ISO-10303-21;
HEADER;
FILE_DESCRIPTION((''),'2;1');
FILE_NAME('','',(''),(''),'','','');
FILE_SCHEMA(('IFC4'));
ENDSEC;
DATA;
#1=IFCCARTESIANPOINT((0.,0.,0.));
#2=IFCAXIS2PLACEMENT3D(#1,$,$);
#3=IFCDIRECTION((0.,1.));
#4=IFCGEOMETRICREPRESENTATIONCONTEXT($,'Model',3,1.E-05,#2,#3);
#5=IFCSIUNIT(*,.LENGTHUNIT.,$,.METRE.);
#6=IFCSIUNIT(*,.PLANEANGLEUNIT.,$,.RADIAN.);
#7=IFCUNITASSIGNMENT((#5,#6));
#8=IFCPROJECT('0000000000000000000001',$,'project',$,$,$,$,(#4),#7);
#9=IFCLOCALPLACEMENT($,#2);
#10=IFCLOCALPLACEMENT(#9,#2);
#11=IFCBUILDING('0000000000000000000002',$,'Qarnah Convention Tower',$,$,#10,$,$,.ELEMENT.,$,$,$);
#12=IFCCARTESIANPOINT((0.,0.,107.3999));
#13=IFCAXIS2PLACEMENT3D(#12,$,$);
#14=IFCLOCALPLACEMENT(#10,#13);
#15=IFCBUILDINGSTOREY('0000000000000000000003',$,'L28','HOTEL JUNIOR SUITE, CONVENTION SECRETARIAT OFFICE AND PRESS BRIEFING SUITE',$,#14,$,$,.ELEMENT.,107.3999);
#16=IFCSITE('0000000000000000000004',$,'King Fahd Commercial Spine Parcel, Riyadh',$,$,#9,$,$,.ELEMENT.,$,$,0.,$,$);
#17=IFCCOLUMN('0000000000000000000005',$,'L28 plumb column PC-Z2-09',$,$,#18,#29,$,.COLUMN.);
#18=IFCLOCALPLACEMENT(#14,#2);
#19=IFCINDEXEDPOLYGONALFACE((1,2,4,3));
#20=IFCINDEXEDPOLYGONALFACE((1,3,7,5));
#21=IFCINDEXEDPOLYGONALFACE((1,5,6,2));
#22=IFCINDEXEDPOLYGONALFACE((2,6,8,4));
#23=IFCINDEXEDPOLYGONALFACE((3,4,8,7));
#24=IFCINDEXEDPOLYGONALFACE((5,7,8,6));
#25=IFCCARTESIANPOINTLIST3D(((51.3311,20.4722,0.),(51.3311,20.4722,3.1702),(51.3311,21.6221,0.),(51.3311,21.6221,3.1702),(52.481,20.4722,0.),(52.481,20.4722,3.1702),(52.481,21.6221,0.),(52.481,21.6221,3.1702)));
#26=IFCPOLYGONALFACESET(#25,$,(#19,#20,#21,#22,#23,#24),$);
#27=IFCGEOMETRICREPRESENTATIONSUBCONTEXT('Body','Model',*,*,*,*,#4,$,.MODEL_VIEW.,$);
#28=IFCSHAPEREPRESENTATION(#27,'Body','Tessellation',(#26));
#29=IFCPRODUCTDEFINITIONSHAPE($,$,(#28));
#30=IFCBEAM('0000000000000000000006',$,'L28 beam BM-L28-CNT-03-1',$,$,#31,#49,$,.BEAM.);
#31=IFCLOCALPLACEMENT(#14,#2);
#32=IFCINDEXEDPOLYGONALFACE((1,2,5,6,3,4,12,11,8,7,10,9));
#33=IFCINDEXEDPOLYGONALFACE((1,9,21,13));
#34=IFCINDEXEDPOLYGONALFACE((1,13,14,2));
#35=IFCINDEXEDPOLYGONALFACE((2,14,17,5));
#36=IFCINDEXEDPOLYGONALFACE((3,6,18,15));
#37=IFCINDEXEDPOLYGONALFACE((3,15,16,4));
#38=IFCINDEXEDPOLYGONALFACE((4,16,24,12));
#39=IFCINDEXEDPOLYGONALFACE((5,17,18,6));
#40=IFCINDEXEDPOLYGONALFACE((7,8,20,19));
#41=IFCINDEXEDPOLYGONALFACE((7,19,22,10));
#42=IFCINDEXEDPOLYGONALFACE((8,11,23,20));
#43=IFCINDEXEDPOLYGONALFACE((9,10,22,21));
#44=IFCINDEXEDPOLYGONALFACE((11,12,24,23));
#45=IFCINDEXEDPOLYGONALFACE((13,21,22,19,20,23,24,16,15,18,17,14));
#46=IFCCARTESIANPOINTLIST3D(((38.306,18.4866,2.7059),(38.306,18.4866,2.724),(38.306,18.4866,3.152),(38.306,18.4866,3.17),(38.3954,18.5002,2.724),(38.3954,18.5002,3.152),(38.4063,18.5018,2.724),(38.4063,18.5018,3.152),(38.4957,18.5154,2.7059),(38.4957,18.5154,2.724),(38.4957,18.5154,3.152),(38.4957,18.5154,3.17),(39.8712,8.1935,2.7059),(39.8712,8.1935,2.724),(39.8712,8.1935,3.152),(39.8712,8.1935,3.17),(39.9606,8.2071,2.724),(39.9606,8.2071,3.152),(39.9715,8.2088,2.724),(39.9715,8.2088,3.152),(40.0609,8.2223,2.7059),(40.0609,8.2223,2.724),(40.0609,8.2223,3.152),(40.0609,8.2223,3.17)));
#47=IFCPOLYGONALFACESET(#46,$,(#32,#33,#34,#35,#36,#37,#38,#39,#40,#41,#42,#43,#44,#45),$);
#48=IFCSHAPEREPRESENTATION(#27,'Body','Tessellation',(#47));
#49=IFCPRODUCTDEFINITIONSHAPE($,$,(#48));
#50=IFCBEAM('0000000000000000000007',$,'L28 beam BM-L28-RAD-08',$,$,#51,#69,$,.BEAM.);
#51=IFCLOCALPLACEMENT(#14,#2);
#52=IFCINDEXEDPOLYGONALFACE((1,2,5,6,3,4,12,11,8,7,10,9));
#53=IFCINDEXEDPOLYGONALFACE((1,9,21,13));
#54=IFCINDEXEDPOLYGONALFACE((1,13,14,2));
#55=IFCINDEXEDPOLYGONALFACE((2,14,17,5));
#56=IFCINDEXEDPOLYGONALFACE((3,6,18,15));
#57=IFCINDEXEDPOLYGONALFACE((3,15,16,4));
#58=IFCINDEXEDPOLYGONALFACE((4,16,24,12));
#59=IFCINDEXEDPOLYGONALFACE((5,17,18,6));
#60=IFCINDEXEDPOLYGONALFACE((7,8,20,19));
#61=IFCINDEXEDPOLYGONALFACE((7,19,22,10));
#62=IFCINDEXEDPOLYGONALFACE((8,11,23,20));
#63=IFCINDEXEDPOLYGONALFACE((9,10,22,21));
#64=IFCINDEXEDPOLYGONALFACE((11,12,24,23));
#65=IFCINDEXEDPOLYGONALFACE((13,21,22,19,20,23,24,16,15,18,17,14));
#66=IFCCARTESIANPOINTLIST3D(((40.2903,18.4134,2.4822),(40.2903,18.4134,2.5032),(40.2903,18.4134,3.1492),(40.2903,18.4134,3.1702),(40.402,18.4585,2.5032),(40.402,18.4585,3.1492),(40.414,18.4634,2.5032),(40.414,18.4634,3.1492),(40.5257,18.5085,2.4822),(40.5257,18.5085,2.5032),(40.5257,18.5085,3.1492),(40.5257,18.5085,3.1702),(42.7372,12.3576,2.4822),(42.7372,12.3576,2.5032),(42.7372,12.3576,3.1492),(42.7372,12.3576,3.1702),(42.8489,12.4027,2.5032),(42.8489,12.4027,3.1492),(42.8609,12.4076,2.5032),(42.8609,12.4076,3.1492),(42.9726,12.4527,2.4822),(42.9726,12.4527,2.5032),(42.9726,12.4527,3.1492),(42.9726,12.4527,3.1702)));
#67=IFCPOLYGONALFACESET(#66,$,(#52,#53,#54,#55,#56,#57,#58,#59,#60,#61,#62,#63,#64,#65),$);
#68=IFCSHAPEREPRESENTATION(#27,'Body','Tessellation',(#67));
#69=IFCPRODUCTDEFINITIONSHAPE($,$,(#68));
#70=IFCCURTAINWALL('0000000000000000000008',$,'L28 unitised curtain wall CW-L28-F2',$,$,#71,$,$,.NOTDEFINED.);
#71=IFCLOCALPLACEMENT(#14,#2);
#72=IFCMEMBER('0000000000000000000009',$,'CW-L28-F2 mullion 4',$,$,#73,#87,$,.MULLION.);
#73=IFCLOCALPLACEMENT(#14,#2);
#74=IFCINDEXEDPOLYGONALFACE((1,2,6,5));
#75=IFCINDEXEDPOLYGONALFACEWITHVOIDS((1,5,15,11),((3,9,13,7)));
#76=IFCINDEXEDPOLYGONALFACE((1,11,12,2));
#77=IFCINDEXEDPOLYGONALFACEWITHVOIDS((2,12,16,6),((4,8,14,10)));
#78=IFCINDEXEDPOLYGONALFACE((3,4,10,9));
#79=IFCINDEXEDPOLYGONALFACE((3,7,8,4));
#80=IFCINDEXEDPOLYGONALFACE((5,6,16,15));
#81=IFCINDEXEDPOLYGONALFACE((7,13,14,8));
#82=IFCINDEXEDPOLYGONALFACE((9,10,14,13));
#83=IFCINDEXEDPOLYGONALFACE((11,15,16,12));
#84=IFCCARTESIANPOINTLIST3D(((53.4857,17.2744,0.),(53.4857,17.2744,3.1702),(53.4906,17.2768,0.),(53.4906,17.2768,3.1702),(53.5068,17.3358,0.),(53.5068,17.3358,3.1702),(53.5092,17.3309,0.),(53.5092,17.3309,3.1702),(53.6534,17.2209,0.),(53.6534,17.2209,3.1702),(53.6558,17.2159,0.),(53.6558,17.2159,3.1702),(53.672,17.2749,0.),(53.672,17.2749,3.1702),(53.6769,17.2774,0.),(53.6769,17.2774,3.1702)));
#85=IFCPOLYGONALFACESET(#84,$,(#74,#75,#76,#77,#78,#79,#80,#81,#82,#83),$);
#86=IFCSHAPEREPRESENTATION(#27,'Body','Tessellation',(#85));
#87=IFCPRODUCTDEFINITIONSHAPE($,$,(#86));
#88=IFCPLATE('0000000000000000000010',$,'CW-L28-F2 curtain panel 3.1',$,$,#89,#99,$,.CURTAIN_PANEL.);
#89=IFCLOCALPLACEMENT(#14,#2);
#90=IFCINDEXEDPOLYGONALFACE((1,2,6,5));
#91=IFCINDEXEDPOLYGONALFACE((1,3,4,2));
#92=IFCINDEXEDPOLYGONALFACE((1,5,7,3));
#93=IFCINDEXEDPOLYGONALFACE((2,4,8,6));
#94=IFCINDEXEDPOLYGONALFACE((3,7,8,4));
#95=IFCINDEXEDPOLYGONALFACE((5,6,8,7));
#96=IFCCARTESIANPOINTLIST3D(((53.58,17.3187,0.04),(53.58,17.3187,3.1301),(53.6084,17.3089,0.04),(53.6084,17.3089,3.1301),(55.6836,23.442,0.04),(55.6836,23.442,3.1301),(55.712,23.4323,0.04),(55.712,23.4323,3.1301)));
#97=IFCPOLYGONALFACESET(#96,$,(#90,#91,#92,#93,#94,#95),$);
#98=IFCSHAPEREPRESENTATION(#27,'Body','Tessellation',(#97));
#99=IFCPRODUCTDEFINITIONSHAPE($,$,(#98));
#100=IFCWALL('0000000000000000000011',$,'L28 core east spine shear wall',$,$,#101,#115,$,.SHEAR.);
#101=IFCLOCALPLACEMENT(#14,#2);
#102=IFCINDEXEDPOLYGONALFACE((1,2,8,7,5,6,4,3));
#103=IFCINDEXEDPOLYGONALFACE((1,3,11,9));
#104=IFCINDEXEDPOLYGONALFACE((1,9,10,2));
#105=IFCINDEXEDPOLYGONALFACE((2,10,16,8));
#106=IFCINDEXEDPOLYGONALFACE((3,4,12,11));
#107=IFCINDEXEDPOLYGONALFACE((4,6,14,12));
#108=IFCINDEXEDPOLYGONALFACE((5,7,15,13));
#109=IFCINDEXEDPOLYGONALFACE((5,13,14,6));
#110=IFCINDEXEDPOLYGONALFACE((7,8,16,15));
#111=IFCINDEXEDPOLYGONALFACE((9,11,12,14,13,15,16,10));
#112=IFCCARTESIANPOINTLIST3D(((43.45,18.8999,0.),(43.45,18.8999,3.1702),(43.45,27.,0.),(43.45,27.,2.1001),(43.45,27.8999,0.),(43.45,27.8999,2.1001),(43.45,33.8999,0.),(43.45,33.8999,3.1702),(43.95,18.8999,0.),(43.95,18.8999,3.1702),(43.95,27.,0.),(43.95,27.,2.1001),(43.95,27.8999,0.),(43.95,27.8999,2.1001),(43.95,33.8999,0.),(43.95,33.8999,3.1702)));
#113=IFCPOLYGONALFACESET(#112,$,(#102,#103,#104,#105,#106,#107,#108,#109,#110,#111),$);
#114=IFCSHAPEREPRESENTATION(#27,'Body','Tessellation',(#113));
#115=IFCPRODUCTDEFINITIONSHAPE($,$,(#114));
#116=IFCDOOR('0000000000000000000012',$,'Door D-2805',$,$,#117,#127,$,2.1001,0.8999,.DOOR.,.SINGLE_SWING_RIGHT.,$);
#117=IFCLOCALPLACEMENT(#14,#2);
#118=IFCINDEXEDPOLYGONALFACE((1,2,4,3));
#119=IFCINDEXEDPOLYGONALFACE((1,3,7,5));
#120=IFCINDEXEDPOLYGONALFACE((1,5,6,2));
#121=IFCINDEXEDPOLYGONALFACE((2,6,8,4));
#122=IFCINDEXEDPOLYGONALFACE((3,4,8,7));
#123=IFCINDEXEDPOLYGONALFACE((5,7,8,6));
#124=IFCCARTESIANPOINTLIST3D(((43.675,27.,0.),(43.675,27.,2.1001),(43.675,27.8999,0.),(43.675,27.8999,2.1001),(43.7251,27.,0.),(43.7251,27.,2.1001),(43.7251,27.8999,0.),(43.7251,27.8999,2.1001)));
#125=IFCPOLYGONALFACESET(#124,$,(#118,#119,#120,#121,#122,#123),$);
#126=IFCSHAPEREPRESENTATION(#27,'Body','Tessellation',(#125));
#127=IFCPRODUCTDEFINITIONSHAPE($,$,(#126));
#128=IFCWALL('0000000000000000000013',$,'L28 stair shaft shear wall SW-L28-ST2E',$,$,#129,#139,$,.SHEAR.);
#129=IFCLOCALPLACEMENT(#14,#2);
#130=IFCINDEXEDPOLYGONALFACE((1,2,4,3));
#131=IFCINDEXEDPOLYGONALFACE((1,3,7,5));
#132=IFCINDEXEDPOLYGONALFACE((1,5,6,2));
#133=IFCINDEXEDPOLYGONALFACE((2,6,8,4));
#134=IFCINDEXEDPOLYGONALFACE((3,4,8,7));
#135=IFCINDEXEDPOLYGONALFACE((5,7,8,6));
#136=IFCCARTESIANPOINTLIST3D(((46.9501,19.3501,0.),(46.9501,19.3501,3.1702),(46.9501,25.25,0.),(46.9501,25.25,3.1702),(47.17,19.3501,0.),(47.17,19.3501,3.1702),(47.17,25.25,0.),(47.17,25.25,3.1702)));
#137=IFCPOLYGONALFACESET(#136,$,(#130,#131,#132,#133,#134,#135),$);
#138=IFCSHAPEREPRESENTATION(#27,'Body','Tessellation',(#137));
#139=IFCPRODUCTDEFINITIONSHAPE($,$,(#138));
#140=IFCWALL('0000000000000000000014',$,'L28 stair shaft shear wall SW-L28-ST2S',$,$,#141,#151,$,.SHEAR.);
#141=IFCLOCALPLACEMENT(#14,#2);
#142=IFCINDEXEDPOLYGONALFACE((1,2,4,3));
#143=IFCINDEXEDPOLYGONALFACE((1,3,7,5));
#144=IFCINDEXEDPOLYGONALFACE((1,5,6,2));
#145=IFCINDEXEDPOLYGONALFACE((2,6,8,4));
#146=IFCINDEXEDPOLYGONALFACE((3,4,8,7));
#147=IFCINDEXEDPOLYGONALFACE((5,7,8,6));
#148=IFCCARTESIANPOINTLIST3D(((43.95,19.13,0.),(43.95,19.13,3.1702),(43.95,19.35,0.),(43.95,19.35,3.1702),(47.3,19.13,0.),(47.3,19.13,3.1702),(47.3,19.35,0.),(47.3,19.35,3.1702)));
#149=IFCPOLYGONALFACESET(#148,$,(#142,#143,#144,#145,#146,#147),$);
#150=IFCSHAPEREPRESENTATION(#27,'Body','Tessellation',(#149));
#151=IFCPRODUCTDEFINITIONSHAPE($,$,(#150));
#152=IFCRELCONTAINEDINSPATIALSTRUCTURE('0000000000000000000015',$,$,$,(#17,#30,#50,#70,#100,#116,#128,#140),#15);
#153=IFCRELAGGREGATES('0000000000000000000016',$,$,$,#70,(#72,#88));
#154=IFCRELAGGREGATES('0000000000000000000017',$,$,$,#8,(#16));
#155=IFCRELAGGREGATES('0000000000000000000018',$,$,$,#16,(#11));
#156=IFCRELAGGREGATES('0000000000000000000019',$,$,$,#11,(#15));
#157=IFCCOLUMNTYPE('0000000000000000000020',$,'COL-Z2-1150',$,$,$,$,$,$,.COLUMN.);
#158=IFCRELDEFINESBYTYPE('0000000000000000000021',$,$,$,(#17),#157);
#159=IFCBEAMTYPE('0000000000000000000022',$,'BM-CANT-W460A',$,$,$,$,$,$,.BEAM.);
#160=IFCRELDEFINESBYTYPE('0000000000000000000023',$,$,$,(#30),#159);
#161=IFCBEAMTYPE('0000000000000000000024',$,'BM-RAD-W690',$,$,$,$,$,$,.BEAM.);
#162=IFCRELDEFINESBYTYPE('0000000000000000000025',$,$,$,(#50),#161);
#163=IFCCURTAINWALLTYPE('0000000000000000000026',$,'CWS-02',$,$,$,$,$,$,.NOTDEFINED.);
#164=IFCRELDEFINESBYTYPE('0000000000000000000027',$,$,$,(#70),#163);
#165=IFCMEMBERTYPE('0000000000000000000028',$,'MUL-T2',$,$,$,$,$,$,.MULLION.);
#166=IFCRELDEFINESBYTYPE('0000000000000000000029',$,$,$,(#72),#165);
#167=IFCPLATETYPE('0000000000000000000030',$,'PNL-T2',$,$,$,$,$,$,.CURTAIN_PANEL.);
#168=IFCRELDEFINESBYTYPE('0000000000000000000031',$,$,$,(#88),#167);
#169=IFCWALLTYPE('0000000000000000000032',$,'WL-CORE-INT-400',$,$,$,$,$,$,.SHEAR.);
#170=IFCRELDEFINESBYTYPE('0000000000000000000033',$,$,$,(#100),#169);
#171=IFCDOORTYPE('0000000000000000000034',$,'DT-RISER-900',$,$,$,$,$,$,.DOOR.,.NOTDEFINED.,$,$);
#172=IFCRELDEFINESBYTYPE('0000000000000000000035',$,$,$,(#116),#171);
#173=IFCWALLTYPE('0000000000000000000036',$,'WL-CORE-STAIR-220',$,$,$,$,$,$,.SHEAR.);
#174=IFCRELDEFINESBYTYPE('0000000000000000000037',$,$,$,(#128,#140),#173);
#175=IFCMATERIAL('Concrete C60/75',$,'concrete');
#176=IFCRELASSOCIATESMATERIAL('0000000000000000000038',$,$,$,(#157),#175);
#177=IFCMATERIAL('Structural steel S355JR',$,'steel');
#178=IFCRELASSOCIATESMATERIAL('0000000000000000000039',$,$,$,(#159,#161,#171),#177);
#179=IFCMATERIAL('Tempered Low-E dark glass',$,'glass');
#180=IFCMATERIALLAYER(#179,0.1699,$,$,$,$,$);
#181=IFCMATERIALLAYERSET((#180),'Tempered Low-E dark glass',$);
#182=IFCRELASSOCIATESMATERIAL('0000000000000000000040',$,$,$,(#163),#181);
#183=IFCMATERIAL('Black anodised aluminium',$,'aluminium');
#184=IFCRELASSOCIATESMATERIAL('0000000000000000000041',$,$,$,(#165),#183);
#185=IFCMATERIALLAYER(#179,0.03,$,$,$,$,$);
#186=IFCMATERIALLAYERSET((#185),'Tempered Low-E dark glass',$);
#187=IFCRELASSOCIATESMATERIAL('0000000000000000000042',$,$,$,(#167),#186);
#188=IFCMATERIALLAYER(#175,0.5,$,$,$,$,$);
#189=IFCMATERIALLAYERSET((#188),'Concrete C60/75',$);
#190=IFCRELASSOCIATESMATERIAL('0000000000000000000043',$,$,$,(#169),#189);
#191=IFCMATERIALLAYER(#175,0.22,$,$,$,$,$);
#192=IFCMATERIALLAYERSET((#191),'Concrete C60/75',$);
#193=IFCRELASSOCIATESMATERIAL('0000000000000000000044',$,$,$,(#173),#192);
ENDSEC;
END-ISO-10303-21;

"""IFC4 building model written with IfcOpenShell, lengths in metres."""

from ifc_helpers import new_model, si_unit, direction, frame, frame_2d, origin, origin_2d, place, context, subcontext, project, spatial, rectangle, hollow_rectangle, i_section, extrude, material, layer, layer_set, material_profile, profile_set, type_object, element, fill, aggregate, save


model = new_model("IFC4")

# Units and contexts
model_context = context("Model", 3, precision=1e-05, world=origin(), true_north=direction((0.0, 1.0)))
body_context = subcontext(model_context, "Body", "Model", "MODEL_VIEW")
ifc_project = project(units=[si_unit("LENGTHUNIT", "METRE"), si_unit("PLANEANGLEUNIT", "RADIAN")], contexts=[model_context])

# Site, building, storey
site_placement = place(None, origin())
site = spatial("IfcSite", under=ifc_project, at=site_placement, Name="King Fahd Commercial Spine Parcel, Riyadh", CompositionType="ELEMENT", RefElevation=0.0)
building_placement = place(site_placement, origin())
building = spatial("IfcBuilding", under=site, at=building_placement, Name="Qarnah Convention Tower", CompositionType="ELEMENT")
storey_placement = place(building_placement, frame((0.0, 0.0, 107.3999)))
storey = spatial("IfcBuildingStorey", under=building, at=storey_placement, Name="L28", Description="HOTEL JUNIOR SUITE, CONVENTION SECRETARIAT OFFICE AND PRESS BRIEFING SUITE", CompositionType="ELEMENT", Elevation=107.3999)

# Column
ifc_material_1 = material(Name="Concrete C60/75", Category="concrete")
ifc_material_profile_1 = material_profile(ifc_material_1, rectangle(XDim=1.1499, YDim=1.1499, at=origin_2d()), Name="RC-COL-1150X1150")
ifc_profile_set_1 = profile_set([ifc_material_profile_1], Name="Concrete C60/75")
column_type = type_object("IfcColumnType", Name="COL-Z2-1150", PredefinedType="COLUMN", material=ifc_profile_set_1)
column_placement = place(storey_placement, frame((51.906, 21.0471, 0.0), z_axis=(0.0, 0.0, 1.0), x_axis=(1.0, 0.0, 0.0)))
element("IfcColumn", 1, at=column_placement, inside=storey, type_object=column_type, Name="L28 plumb column PC-Z2-09", PredefinedType="COLUMN", context=body_context, shape_type="SweptSolid", body=[
    extrude(rectangle(XDim=1.1499, YDim=1.1499, at=origin_2d()), origin(), (0.0, 0.0, 1.0), 3.1702),
])

# Beams
ifc_material_2 = material(Name="Structural steel S355JR", Category="steel")
ifc_material_profile_2 = material_profile(ifc_material_2, i_section(OverallWidth=0.1919, OverallDepth=0.4641, WebThickness=0.011, FlangeThickness=0.0181, at=origin_2d()), Name="W460X89")
ifc_profile_set_2 = profile_set([ifc_material_profile_2], Name="Structural steel S355JR")
beam_type_1 = type_object("IfcBeamType", Name="BM-CANT-W460A", PredefinedType="BEAM", material=ifc_profile_set_2)
beam_1_placement = place(storey_placement, frame((38.4009, 18.501, 2.938), z_axis=(0.150335, -0.988635, 0.0), x_axis=(0.988635, 0.150335, 0.0)))
element("IfcBeam", 2, at=beam_1_placement, inside=storey, type_object=beam_type_1, Name="L28 beam BM-L28-CNT-03-1", PredefinedType="BEAM", context=body_context, shape_type="SweptSolid", body=[
    extrude(i_section(OverallWidth=0.1919, OverallDepth=0.4641, WebThickness=0.011, FlangeThickness=0.0181, at=origin_2d()), origin(), (0.0, 0.0, 1.0), 10.4114),
])
ifc_material_profile_3 = material_profile(ifc_material_2, i_section(OverallWidth=0.2539, OverallDepth=0.688, WebThickness=0.0129, FlangeThickness=0.021, at=origin_2d()), Name="W690X152")
ifc_profile_set_3 = profile_set([ifc_material_profile_3], Name="Structural steel S355JR")
beam_type_2 = type_object("IfcBeamType", Name="BM-RAD-W690", PredefinedType="BEAM", material=ifc_profile_set_3)
beam_2_placement = place(storey_placement, frame((40.408, 18.4609, 2.8262), z_axis=(0.374643, -0.927169, 0.0), x_axis=(0.927169, 0.374643, 0.0)))
element("IfcBeam", 3, at=beam_2_placement, inside=storey, type_object=beam_type_2, Name="L28 beam BM-L28-RAD-08", PredefinedType="BEAM", context=body_context, shape_type="SweptSolid", body=[
    extrude(i_section(OverallWidth=0.2539, OverallDepth=0.688, WebThickness=0.0129, FlangeThickness=0.021, at=origin_2d()), origin(), (0.0, 0.0, 1.0), 6.5315),
])

# Curtain wall, member, plate
ifc_material_3 = material(Name="Tempered Low-E dark glass", Category="glass")
ifc_layer_1 = layer(ifc_material_3, 0.1699)
ifc_layer_set_1 = layer_set([ifc_layer_1], Name="Tempered Low-E dark glass")
curtain_wall_type = type_object("IfcCurtainWallType", Name="CWS-02", PredefinedType="NOTDEFINED", material=ifc_layer_set_1)
curtain_wall_placement = place(storey_placement, origin())
curtain_wall = element("IfcCurtainWall", 4, at=curtain_wall_placement, inside=storey, type_object=curtain_wall_type, Name="L28 unitised curtain wall CW-L28-F2", PredefinedType="NOTDEFINED")
ifc_material_4 = material(Name="Black anodised aluminium", Category="aluminium")
ifc_material_profile_4 = material_profile(ifc_material_4, hollow_rectangle(XDim=0.0649, YDim=0.1799, WallThickness=0.0039, at=origin_2d()), Name="MUL-65X180")
ifc_profile_set_4 = profile_set([ifc_material_profile_4], Name="Black anodised aluminium")
member_type = type_object("IfcMemberType", Name="MUL-T2", PredefinedType="MULLION", material=ifc_profile_set_4)
member_placement = place(storey_placement, frame((53.5813, 17.2759, 0.0), z_axis=(0.0, 0.0, 1.0), x_axis=(-0.324902, -0.945748, 0.0)))
member = element("IfcMember", 5, at=member_placement, type_object=member_type, Name="CW-L28-F2 mullion 4", PredefinedType="MULLION", context=body_context, shape_type="SweptSolid", body=[
    extrude(hollow_rectangle(XDim=0.0649, YDim=0.1799, WallThickness=0.0039, at=origin_2d()), origin(), (0.0, 0.0, 1.0), 3.1702),
])
ifc_layer_2 = layer(ifc_material_3, 0.03)
ifc_layer_set_2 = layer_set([ifc_layer_2], Name="Tempered Low-E dark glass")
plate_type = type_object("IfcPlateType", Name="PNL-T2", PredefinedType="CURTAIN_PANEL", material=ifc_layer_set_2)
plate_placement = place(storey_placement, frame((54.646, 20.3755, 0.04), z_axis=(0.0, 0.0, 1.0), x_axis=(-0.324902, -0.945748, 0.0)))
plate = element("IfcPlate", 6, at=plate_placement, type_object=plate_type, Name="CW-L28-F2 curtain panel 3.1", PredefinedType="CURTAIN_PANEL", context=body_context, shape_type="SweptSolid", body=[
    extrude(rectangle(XDim=6.4746, YDim=0.03, at=origin_2d()), origin(), (0.0, 0.0, 1.0), 3.0901),
])
aggregate(curtain_wall, [member, plate])

# Shared definitions
door_type_1 = type_object("IfcDoorType", Name="DT-RISER-900", OperationType="NOTDEFINED", PredefinedType="DOOR", material=ifc_material_2)

# Wall, opening, door
ifc_layer_3 = layer(ifc_material_1, 0.5)
ifc_layer_set_3 = layer_set([ifc_layer_3], Name="Concrete C60/75")
wall_type_1 = type_object("IfcWallType", Name="WL-CORE-INT-400", PredefinedType="SHEAR", material=ifc_layer_set_3)
wall_1_placement = place(storey_placement, frame((43.7, 18.8999, 0.0), z_axis=(0.0, 0.0, 1.0), x_axis=(0.0, 1.0, 0.0)))
wall_1 = element("IfcWall", 7, at=wall_1_placement, inside=storey, type_object=wall_type_1, Name="L28 core east spine shear wall", PredefinedType="SHEAR", context=body_context, shape_type="SweptSolid", body=[
    extrude(rectangle(XDim=15.0, YDim=0.5, at=frame_2d((7.5, 0.0))), origin(), (0.0, 0.0, 1.0), 3.1702),
])
opening_1_placement = place(wall_1_placement, frame((8.1001, 0.0, 0.0)))
opening_1 = element("IfcOpeningElement", 8, at=opening_1_placement, cuts=wall_1, PredefinedType="OPENING", context=body_context, shape_type="SweptSolid", body=[
    extrude(rectangle(XDim=0.8999, YDim=2.1001, at=frame_2d((0.45, 1.05))), frame((0.0, 0.26, 0.0), z_axis=(0.0, -1.0, 0.0), x_axis=(1.0, 0.0, 0.0)), (0.0, 0.0, 1.0), 0.52),
])
door_1_placement = place(opening_1_placement, origin())
door_1 = element("IfcDoor", 9, at=door_1_placement, inside=storey, type_object=door_type_1, Name="Door D-2805", OperationType="SINGLE_SWING_RIGHT", OverallHeight=2.1001, OverallWidth=0.8999, PredefinedType="DOOR", context=body_context, shape_type="SweptSolid", body=[
    extrude(rectangle(XDim=0.8999, YDim=2.1001, at=frame_2d((0.45, 1.05))), frame((0.0, 0.0249, 0.0), z_axis=(0.0, -1.0, 0.0), x_axis=(1.0, 0.0, 0.0)), (0.0, 0.0, 1.0), 0.05),
])
fill(opening_1, door_1)

# Walls
ifc_layer_4 = layer(ifc_material_1, 0.22)
ifc_layer_set_4 = layer_set([ifc_layer_4], Name="Concrete C60/75")
wall_type_2 = type_object("IfcWallType", Name="WL-CORE-STAIR-220", PredefinedType="SHEAR", material=ifc_layer_set_4)
wall_2_placement = place(storey_placement, frame((47.0601, 19.3501, 0.0), z_axis=(0.0, 0.0, 1.0), x_axis=(0.0, 1.0, 0.0)))
element("IfcWall", 10, at=wall_2_placement, inside=storey, type_object=wall_type_2, Name="L28 stair shaft shear wall SW-L28-ST2E", PredefinedType="SHEAR", context=body_context, shape_type="SweptSolid", body=[
    extrude(rectangle(XDim=5.8999, YDim=0.22, at=frame_2d((2.95, 0.0))), origin(), (0.0, 0.0, 1.0), 3.1702),
])
wall_3_placement = place(storey_placement, frame((43.95, 19.24, 0.0), z_axis=(0.0, 0.0, 1.0), x_axis=(1.0, 0.0, 0.0)))
element("IfcWall", 11, at=wall_3_placement, inside=storey, type_object=wall_type_2, Name="L28 stair shaft shear wall SW-L28-ST2S", PredefinedType="SHEAR", context=body_context, shape_type="SweptSolid", body=[
    extrude(rectangle(XDim=3.3501, YDim=0.22, at=frame_2d((1.675, 0.0))), origin(), (0.0, 0.0, 1.0), 3.1702),
])

save(model, "model.ifc")
